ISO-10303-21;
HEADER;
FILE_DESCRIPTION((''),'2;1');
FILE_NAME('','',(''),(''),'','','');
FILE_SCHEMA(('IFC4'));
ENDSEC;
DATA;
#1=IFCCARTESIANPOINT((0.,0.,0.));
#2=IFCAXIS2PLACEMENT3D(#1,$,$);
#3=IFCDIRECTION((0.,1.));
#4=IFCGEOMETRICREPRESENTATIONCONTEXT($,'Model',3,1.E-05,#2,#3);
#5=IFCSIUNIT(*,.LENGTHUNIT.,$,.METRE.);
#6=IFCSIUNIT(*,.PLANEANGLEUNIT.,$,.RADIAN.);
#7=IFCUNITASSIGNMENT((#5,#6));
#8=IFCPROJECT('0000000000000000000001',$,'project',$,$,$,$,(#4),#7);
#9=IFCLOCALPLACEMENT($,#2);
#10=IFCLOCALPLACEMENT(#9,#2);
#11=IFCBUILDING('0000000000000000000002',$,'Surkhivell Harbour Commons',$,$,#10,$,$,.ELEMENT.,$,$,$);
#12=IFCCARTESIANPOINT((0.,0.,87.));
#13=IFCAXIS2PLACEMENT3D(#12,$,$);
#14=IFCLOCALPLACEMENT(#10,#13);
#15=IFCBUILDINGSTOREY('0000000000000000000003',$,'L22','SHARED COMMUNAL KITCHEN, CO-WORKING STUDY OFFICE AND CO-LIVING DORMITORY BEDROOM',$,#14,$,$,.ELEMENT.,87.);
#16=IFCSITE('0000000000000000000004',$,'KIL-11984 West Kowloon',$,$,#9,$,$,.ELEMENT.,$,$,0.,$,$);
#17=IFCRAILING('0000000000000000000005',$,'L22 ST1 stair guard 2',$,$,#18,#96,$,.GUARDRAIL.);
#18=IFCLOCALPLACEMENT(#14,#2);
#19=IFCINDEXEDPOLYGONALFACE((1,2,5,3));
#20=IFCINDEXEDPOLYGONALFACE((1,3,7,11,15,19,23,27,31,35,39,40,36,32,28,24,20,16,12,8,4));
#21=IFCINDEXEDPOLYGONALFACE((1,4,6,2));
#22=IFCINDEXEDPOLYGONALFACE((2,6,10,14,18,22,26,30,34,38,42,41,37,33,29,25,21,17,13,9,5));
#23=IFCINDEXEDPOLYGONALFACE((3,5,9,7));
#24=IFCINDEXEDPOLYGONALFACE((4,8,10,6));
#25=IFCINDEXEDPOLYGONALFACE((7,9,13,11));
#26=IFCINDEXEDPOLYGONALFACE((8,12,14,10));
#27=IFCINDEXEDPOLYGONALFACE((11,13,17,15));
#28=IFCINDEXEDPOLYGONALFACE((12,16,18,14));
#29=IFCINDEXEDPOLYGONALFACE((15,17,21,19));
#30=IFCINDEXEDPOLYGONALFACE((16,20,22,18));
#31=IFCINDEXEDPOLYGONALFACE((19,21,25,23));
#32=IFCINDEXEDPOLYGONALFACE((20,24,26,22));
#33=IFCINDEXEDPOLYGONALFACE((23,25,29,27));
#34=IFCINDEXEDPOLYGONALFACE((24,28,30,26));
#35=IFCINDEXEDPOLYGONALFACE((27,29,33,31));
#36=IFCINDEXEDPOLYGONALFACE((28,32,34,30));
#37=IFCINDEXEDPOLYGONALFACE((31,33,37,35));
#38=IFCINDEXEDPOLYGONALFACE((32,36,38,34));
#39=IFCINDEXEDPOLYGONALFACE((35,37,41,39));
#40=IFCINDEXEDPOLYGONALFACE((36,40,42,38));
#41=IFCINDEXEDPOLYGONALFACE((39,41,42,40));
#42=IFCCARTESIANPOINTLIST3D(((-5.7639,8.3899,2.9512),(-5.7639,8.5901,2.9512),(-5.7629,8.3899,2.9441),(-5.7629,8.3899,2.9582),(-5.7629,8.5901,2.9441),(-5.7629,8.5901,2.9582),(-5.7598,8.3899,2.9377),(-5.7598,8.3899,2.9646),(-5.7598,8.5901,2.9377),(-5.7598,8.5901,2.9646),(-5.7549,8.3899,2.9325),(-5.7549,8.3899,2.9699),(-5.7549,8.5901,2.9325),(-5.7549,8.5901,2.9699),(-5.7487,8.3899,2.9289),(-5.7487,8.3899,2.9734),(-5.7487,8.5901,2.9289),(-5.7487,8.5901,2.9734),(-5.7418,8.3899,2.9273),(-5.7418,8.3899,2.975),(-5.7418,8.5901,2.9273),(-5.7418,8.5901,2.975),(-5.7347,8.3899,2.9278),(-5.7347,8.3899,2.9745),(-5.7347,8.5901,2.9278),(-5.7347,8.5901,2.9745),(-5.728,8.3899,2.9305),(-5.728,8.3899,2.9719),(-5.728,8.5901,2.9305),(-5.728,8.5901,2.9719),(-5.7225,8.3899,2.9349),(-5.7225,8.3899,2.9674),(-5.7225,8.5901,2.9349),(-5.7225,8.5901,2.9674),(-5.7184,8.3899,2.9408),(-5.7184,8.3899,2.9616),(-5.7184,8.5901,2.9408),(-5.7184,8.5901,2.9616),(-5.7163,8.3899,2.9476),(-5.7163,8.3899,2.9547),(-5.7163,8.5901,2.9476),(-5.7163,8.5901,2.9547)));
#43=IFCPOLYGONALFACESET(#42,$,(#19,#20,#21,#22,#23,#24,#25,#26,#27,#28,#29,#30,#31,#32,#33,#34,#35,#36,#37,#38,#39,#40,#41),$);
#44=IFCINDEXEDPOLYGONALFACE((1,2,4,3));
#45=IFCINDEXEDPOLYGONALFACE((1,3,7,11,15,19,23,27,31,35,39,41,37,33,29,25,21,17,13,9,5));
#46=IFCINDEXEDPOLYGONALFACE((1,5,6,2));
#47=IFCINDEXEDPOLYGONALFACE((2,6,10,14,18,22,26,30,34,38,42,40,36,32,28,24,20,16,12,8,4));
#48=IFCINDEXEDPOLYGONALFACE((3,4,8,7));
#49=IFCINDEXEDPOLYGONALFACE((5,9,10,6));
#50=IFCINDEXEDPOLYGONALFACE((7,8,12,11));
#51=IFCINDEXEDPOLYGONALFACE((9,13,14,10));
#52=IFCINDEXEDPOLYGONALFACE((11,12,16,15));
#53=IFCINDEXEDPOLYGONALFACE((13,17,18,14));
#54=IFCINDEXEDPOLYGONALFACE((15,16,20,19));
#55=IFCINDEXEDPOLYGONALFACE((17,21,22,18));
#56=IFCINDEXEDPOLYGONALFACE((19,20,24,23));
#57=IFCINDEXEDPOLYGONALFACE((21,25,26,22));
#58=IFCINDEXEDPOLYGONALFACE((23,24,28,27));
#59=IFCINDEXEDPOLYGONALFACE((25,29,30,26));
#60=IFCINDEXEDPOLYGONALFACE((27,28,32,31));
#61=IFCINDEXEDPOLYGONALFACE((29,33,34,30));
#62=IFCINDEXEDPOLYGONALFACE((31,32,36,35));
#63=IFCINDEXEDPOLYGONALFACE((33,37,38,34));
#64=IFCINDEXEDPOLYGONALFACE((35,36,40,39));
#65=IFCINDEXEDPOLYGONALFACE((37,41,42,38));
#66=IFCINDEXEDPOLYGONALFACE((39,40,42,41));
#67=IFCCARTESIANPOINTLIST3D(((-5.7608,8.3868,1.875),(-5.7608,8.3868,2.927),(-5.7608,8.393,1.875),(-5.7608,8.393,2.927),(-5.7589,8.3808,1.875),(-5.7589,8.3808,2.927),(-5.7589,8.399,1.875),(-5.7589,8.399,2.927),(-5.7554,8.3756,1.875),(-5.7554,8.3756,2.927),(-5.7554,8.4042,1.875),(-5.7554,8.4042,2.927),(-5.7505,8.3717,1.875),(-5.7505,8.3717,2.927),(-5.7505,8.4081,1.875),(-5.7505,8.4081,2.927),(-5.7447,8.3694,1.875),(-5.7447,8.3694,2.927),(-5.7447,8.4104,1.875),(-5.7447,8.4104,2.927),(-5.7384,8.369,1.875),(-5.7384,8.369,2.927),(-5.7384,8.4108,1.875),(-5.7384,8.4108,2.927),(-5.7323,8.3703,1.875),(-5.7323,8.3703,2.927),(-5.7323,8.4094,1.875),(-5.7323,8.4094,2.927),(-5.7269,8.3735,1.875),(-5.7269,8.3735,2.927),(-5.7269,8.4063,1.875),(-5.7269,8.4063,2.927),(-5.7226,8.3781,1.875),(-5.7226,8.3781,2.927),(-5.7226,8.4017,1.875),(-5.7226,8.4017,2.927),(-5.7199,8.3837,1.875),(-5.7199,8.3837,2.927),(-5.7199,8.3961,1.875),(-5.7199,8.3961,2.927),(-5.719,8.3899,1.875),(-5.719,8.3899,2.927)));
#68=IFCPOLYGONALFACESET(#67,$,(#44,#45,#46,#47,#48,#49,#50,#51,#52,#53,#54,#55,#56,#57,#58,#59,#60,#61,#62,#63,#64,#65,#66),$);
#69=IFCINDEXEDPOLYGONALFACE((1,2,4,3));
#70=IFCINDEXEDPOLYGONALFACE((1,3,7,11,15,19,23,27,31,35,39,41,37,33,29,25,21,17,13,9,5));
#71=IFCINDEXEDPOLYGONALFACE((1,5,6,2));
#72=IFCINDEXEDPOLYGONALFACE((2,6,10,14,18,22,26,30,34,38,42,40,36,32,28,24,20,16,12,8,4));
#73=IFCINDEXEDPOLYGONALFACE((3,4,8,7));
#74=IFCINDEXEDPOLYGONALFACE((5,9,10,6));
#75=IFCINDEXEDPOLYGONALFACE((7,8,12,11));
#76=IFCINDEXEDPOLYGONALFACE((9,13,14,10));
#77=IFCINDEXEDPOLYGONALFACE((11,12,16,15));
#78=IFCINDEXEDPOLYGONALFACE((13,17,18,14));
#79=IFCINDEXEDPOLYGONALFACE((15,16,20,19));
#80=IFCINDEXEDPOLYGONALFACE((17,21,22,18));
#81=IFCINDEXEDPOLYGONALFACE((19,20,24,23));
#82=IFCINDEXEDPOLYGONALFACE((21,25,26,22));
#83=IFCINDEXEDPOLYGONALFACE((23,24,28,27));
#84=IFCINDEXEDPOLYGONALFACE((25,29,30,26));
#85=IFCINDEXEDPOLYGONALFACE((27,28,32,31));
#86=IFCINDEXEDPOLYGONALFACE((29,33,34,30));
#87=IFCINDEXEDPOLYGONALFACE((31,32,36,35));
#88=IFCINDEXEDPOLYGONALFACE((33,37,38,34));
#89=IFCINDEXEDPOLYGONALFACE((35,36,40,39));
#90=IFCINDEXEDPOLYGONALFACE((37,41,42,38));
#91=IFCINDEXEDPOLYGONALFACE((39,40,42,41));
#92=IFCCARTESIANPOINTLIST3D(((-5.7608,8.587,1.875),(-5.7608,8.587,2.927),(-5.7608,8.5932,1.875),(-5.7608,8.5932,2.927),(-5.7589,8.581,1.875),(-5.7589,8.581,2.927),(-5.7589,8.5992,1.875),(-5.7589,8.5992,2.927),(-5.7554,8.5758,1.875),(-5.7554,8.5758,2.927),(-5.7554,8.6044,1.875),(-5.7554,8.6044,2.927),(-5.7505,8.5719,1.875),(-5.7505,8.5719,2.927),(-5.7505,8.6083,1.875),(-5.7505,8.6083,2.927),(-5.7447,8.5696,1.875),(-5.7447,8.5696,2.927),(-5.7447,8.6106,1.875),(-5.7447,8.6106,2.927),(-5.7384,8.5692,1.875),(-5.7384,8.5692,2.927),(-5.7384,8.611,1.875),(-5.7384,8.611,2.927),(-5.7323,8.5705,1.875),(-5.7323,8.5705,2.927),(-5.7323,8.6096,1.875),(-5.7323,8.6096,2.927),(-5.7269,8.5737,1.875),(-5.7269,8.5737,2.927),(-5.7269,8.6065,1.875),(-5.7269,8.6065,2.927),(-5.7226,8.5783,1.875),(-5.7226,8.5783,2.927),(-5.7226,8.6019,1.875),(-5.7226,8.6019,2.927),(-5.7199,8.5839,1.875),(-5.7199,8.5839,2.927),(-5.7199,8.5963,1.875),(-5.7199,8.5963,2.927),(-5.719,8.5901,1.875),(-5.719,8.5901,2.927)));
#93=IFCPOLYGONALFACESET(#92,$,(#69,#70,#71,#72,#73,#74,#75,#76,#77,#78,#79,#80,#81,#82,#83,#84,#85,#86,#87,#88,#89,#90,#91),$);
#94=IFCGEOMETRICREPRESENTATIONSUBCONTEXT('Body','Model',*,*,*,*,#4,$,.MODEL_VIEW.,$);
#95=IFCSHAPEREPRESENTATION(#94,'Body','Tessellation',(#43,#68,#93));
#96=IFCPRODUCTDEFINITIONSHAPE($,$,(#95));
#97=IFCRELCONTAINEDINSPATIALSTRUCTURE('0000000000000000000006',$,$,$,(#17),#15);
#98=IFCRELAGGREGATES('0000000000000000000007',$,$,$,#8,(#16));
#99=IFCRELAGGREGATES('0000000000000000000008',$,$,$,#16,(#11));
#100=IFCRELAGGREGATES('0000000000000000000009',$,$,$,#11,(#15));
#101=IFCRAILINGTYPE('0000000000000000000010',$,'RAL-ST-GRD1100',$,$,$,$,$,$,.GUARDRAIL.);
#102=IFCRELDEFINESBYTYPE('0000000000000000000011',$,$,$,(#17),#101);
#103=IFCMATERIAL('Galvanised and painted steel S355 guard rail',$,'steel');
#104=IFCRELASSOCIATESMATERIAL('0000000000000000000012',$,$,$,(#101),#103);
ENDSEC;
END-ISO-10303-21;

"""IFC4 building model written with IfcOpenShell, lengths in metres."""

from ifc_helpers import new_model, si_unit, direction, frame, origin, origin_2d, place, context, subcontext, project, spatial, circle, extrude, material, type_object, element, save


model = new_model("IFC4")

# Units and contexts
model_context = context("Model", 3, precision=1e-05, world=origin(), true_north=direction((0.0, 1.0)))
body_context = subcontext(model_context, "Body", "Model", "MODEL_VIEW")
ifc_project = project(units=[si_unit("LENGTHUNIT", "METRE"), si_unit("PLANEANGLEUNIT", "RADIAN")], contexts=[model_context])

# Site, building, storey
site_placement = place(None, origin())
site = spatial("IfcSite", under=ifc_project, at=site_placement, Name="KIL-11984 West Kowloon", CompositionType="ELEMENT", RefElevation=0.0)
building_placement = place(site_placement, origin())
building = spatial("IfcBuilding", under=site, at=building_placement, Name="Surkhivell Harbour Commons", CompositionType="ELEMENT")
storey_placement = place(building_placement, frame((0.0, 0.0, 87.0)))
storey = spatial("IfcBuildingStorey", under=building, at=storey_placement, Name="L22", Description="SHARED COMMUNAL KITCHEN, CO-WORKING STUDY OFFICE AND CO-LIVING DORMITORY BEDROOM", CompositionType="ELEMENT", Elevation=87.0)

# Railing
ifc_material_1 = material(Name="Galvanised and painted steel S355 guard rail", Category="steel")
railing_type_1 = type_object("IfcRailingType", Name="RAL-ST-GRD1100", PredefinedType="GUARDRAIL", material=ifc_material_1)
railing_1_placement = place(storey_placement, frame((-5.74, 8.3899, 1.875)))
element("IfcRailing", 1, at=railing_1_placement, inside=storey, type_object=railing_type_1, Name="L22 ST1 stair guard 2", PredefinedType="GUARDRAIL", context=body_context, shape_type="SweptSolid", body=[
    extrude(circle(Radius=0.0239, at=origin_2d()), frame((0.0, 0.0, 1.0762), z_axis=(0.0, 1.0, 0.0), x_axis=(-1.0, 0.0, 0.0)), (0.0, 0.0, 1.0), 0.2002),
    extrude(circle(Radius=0.021, at=origin_2d()), origin(), (0.0, 0.0, 1.0), 1.052),
    extrude(circle(Radius=0.021, at=origin_2d()), frame((0.0, 0.2002, 0.0)), (0.0, 0.0, 1.0), 1.052),
])

save(model, "model.ifc")
